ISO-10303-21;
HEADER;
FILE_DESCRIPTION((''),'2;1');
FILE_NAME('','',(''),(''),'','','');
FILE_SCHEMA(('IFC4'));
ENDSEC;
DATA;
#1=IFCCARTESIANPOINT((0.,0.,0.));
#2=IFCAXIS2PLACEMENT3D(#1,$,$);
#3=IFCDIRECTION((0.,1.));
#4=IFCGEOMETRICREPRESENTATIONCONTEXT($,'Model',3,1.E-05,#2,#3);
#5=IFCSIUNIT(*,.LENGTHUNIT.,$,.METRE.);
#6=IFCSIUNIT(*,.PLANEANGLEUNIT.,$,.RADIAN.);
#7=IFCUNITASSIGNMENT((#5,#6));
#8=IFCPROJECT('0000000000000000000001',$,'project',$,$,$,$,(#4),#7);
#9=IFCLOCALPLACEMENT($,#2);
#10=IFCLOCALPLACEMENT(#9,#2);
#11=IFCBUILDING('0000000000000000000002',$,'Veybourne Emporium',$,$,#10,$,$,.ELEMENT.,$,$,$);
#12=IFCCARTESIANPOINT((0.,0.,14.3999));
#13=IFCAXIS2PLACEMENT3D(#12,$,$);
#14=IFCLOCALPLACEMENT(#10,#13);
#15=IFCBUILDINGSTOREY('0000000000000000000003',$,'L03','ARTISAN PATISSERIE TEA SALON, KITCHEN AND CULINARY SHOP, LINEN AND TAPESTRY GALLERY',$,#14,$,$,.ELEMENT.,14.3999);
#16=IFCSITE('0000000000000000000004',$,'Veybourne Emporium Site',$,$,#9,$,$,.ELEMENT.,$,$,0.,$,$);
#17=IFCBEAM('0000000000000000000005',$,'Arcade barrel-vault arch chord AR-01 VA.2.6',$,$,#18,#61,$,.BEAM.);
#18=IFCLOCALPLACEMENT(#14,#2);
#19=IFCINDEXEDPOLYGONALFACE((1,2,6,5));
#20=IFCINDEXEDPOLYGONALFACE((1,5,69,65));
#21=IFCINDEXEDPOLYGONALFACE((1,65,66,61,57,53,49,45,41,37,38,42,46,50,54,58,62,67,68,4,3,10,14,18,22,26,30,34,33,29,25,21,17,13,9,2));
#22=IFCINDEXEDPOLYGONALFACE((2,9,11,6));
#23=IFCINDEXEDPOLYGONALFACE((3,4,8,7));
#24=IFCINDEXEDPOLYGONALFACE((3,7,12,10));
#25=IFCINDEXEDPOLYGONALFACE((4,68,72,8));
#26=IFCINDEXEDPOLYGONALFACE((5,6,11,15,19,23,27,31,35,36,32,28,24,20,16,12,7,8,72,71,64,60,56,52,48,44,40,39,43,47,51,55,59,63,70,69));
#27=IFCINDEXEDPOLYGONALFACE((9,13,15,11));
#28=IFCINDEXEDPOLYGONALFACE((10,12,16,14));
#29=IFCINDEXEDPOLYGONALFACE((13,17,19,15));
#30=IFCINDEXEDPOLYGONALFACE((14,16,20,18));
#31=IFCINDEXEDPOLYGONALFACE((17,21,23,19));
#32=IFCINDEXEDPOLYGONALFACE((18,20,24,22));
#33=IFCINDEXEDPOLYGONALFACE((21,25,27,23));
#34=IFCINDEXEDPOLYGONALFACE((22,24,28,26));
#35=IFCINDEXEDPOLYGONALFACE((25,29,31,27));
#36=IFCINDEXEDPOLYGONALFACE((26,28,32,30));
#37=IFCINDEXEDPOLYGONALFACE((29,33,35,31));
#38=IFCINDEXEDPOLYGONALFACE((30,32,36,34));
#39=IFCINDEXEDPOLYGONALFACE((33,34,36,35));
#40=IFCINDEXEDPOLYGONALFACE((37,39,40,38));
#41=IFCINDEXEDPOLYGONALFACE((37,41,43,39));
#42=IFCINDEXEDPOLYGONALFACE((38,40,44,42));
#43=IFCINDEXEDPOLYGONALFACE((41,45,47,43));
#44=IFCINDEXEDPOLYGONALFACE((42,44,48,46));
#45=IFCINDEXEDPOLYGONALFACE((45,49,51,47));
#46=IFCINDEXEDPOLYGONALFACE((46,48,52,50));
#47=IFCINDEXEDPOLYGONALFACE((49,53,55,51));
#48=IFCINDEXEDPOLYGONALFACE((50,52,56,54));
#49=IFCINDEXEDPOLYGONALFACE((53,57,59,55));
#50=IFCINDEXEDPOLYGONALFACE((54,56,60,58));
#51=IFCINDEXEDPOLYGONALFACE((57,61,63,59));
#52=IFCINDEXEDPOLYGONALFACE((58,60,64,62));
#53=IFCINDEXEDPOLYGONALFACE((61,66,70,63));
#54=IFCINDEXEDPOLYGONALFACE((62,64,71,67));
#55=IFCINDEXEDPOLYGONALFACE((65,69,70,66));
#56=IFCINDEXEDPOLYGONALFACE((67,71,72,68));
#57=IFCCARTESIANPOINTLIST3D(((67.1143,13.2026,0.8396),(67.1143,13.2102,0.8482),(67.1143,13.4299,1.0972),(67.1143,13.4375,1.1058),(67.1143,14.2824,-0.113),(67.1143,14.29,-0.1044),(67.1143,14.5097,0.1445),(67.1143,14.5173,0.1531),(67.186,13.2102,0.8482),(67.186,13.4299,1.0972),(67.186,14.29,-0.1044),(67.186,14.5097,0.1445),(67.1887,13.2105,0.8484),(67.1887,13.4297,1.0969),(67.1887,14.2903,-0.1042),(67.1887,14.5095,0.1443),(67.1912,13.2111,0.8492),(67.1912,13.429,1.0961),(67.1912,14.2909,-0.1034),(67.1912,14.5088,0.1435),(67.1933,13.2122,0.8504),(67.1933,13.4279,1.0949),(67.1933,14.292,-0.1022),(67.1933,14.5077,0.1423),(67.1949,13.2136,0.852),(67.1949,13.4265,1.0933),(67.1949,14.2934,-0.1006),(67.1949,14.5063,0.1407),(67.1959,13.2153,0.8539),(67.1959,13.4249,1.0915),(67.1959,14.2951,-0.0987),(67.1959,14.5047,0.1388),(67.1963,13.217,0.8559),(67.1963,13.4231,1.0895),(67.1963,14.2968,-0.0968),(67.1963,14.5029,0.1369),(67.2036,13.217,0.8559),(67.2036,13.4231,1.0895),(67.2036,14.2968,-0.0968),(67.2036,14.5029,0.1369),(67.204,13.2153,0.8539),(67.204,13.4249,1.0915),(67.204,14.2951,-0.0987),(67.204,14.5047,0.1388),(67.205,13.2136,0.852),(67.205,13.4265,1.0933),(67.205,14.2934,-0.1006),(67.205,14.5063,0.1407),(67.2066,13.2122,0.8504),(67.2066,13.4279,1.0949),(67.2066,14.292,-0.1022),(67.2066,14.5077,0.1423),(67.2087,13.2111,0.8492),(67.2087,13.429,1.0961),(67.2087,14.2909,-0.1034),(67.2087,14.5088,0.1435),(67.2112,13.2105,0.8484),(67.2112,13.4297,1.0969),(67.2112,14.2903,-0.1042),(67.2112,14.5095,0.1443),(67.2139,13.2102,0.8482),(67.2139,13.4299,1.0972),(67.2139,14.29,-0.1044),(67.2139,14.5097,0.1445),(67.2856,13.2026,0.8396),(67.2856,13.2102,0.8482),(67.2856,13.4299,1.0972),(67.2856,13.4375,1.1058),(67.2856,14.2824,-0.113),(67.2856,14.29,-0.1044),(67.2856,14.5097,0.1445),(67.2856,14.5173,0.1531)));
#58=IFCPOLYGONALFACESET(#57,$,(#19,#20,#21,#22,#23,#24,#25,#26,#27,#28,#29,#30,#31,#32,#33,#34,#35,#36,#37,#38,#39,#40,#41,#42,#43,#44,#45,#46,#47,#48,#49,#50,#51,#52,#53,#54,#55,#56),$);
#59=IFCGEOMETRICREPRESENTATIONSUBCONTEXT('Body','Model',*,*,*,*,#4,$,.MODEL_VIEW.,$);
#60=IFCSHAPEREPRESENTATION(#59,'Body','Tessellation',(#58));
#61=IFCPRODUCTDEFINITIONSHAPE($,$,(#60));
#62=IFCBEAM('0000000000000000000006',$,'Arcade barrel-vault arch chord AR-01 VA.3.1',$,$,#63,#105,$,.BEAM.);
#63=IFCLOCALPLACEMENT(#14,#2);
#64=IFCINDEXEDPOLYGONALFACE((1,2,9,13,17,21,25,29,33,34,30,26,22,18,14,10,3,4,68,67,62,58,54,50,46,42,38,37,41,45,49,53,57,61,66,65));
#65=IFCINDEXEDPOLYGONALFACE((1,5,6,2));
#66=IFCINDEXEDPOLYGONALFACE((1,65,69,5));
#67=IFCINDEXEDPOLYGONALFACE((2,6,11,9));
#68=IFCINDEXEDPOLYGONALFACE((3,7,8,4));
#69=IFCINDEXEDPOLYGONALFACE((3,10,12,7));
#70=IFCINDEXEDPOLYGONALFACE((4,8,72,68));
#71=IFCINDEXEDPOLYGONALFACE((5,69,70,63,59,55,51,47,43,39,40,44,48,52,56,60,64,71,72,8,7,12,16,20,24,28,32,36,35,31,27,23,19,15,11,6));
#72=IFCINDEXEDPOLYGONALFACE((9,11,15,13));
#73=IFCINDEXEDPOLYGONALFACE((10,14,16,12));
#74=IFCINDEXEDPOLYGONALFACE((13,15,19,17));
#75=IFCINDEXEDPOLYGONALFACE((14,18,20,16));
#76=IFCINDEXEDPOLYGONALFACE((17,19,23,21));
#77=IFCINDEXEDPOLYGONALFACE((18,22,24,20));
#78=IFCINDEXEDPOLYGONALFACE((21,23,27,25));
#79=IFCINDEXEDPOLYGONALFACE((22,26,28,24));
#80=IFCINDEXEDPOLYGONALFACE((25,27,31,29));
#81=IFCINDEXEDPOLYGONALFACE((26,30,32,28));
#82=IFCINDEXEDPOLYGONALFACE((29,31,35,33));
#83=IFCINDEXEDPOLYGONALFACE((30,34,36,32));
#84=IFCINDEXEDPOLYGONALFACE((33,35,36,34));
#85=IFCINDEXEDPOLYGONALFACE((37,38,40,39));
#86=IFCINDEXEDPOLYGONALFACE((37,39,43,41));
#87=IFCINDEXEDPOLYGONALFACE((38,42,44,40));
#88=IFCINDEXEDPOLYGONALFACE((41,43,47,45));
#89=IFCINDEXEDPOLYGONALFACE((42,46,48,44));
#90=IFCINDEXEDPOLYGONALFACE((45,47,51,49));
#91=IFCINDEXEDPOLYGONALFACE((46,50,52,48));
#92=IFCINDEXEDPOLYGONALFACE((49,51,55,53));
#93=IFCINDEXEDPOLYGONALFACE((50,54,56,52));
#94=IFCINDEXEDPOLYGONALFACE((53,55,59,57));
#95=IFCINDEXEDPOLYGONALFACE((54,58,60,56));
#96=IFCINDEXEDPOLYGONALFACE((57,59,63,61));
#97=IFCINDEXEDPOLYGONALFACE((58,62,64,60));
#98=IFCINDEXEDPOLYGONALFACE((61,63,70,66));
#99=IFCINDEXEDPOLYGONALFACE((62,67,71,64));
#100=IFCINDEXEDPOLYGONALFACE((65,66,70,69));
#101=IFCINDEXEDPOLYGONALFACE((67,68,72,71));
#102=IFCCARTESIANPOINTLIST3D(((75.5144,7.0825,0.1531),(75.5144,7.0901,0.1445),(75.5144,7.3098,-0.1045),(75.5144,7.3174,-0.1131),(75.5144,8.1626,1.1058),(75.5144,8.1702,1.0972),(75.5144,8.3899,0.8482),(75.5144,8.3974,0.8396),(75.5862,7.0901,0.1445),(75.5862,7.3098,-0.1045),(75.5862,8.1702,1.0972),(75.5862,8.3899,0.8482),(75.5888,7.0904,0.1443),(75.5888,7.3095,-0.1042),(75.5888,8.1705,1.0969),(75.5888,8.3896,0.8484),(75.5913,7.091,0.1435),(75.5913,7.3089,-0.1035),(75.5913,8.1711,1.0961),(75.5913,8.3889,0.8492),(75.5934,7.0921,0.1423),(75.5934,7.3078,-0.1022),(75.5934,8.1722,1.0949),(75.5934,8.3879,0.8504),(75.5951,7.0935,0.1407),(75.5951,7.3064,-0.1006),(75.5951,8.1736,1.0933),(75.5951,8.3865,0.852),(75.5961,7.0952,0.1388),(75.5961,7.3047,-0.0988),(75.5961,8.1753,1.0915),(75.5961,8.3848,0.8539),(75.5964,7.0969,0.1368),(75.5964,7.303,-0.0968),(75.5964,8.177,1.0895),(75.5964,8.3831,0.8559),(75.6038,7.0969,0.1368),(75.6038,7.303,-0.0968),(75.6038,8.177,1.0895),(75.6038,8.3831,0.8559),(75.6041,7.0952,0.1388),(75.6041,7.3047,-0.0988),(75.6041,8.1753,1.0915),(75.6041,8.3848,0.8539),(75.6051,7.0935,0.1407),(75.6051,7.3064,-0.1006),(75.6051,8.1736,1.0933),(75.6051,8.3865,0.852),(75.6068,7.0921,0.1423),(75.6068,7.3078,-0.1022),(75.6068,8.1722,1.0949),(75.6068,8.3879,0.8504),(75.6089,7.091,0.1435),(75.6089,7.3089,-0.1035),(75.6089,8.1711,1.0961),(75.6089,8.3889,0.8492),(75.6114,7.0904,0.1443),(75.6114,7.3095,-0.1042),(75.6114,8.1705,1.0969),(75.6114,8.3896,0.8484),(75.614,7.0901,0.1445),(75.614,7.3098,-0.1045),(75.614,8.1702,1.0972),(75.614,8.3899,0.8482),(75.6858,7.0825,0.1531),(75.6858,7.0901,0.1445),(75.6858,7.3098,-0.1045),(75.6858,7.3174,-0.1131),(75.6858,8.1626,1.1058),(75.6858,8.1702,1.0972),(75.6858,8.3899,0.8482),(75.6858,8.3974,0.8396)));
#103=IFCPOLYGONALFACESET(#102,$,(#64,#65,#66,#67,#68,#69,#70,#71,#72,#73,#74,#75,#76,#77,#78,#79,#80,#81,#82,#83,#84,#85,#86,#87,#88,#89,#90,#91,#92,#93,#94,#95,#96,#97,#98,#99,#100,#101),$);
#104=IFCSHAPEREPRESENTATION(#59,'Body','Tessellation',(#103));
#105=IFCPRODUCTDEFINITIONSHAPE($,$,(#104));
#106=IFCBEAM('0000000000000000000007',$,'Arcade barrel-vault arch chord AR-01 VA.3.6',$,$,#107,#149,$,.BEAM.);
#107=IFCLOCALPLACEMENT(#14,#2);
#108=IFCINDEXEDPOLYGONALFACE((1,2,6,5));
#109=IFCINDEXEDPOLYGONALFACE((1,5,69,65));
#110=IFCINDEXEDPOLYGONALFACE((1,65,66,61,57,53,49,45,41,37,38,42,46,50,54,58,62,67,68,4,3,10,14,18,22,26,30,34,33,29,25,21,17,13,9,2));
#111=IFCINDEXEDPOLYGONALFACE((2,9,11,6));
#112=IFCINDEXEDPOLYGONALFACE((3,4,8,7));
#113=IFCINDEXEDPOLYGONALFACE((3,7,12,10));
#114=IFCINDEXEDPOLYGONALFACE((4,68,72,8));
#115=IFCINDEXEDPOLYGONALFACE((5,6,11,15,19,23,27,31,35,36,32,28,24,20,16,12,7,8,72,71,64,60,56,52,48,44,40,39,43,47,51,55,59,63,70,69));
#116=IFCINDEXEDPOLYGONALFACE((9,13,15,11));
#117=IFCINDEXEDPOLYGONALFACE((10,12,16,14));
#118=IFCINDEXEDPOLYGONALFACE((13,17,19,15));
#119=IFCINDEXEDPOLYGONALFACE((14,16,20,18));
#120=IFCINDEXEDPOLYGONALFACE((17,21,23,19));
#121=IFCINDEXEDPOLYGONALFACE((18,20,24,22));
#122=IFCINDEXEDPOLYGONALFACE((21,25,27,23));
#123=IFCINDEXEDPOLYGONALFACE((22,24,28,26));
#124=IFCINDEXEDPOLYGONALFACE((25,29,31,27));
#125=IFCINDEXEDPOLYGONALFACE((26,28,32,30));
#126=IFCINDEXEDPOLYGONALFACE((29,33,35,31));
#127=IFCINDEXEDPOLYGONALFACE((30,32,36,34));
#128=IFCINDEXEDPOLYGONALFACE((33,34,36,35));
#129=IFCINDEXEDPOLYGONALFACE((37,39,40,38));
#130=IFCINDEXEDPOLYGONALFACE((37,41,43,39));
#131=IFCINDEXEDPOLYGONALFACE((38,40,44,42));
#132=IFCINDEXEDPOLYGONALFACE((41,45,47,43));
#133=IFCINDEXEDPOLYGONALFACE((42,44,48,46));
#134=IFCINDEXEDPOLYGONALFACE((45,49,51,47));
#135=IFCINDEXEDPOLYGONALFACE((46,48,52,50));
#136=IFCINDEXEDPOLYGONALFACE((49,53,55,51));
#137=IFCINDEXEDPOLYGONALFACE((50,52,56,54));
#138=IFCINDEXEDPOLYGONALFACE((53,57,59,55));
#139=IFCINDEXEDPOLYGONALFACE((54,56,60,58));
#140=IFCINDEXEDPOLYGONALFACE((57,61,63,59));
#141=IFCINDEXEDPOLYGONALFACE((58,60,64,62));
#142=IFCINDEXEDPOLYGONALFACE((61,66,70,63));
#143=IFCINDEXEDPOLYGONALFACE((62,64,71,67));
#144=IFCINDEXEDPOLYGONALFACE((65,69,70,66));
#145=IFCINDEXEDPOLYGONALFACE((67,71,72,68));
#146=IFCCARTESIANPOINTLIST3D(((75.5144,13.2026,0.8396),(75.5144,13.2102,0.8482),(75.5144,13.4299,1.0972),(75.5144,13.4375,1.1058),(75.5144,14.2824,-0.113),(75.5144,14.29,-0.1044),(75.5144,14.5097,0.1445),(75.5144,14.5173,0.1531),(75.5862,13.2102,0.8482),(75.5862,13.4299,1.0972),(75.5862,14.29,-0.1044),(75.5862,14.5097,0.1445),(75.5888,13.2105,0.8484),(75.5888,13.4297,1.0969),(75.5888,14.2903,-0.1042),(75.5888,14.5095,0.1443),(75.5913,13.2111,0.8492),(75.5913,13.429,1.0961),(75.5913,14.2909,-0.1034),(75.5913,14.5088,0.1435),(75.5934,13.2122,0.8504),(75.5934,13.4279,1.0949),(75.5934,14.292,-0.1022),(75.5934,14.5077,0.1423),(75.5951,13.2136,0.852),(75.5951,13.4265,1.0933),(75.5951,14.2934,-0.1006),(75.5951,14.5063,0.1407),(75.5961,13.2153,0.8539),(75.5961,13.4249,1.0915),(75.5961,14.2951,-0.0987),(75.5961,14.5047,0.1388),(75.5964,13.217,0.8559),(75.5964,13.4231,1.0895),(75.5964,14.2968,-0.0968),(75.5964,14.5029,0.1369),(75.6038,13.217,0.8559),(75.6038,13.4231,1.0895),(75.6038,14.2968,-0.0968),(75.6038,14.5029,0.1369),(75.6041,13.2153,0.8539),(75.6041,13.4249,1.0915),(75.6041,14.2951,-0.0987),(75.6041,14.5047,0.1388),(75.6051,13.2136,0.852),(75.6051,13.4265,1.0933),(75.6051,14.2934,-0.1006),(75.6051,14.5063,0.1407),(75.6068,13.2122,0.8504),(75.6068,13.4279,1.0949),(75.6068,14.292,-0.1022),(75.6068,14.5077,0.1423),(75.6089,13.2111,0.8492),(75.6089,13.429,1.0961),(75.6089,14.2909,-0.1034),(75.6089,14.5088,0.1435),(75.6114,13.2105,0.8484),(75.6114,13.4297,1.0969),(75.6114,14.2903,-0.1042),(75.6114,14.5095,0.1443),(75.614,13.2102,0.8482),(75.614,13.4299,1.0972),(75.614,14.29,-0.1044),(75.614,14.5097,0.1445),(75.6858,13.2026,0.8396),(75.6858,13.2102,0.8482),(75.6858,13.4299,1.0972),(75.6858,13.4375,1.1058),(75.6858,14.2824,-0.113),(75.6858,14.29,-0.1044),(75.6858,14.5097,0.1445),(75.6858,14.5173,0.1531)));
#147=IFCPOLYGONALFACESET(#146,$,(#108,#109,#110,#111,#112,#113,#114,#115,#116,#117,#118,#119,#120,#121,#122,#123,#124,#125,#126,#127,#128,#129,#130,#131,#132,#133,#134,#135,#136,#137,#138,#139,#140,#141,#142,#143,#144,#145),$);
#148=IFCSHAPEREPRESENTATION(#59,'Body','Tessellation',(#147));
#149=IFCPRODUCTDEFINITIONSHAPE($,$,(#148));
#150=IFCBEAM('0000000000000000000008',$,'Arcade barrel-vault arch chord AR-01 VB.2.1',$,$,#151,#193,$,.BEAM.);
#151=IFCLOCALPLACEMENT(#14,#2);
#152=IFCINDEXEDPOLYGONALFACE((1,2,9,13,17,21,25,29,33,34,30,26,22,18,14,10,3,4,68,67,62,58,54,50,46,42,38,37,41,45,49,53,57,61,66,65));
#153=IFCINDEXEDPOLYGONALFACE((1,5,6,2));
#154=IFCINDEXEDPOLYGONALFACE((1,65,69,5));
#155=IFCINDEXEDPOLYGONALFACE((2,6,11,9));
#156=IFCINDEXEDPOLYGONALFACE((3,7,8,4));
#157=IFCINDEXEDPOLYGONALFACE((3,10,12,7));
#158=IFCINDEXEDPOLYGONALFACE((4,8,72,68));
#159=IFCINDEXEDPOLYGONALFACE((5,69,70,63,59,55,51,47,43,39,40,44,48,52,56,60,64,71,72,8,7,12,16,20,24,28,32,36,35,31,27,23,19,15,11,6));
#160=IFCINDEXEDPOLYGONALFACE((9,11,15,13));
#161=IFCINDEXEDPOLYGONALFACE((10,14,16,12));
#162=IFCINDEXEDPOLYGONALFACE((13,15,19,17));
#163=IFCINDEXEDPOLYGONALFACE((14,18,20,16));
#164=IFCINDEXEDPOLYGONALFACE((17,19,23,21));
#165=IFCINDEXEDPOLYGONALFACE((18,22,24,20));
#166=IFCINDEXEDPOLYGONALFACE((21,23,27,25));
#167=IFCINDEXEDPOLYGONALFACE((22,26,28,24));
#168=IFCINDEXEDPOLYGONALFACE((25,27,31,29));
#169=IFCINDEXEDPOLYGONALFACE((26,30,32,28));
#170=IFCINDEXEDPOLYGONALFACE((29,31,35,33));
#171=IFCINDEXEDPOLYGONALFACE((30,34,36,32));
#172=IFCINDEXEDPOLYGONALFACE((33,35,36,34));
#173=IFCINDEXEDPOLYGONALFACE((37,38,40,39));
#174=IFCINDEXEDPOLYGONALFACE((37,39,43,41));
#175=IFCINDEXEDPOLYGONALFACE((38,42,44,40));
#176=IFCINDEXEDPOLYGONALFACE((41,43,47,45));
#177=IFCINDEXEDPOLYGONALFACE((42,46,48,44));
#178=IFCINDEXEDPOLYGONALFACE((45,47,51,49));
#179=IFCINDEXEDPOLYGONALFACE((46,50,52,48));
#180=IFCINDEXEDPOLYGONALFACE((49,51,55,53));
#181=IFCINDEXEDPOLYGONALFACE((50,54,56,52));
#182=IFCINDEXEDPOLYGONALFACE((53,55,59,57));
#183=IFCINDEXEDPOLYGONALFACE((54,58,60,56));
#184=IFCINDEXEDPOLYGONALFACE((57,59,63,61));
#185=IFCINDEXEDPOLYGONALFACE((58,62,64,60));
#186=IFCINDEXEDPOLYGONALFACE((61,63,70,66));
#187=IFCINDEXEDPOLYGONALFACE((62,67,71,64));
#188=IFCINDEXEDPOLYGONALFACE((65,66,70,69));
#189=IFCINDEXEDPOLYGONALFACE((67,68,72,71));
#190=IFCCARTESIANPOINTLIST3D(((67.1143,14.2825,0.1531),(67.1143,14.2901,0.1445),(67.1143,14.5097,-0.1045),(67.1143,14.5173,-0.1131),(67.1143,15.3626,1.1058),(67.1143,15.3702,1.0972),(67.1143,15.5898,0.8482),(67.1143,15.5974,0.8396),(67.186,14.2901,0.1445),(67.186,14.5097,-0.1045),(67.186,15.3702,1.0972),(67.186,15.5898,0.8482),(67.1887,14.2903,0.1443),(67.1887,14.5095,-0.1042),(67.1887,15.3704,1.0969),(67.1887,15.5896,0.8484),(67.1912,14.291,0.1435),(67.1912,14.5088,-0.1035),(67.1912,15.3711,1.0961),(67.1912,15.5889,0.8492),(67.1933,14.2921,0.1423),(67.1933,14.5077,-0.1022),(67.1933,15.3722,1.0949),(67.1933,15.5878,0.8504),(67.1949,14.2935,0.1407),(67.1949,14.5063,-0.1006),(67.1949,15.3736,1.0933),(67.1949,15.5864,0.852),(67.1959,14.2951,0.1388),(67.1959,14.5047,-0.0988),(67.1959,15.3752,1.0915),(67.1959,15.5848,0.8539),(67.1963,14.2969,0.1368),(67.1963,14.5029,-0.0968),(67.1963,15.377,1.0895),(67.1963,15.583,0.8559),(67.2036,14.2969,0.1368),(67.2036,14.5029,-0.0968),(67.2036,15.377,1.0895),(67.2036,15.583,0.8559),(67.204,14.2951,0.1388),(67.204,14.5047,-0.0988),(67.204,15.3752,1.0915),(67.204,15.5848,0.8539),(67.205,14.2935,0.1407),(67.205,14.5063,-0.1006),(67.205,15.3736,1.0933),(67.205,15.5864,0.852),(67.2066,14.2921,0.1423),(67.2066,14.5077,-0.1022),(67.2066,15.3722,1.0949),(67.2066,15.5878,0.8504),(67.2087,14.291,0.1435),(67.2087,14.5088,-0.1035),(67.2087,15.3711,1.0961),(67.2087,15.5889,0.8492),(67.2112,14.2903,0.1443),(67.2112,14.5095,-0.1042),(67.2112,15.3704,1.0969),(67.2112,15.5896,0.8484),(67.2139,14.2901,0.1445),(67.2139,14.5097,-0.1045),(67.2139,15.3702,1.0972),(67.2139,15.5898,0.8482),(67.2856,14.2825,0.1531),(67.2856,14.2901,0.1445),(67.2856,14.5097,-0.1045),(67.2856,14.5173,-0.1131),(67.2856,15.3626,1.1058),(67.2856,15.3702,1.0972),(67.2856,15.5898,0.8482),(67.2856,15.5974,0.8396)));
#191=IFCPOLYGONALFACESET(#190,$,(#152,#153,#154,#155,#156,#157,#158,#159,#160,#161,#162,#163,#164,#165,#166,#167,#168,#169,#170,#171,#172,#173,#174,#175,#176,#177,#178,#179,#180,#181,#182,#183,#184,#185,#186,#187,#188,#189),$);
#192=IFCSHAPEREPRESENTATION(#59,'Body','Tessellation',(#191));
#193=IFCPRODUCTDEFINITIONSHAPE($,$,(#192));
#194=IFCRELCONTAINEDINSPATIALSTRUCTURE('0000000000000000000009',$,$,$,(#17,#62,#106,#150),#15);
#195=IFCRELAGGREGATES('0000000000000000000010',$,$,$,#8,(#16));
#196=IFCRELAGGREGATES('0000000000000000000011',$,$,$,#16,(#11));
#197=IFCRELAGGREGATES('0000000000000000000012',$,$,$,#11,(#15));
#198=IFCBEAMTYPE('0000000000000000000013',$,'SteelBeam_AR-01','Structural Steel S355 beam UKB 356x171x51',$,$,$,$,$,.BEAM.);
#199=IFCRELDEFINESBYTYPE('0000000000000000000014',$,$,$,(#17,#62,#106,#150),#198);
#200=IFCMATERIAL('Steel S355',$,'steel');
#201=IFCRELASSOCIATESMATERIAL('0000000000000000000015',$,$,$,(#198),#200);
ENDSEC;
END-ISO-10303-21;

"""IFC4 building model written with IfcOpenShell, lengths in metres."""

from ifc_helpers import new_model, si_unit, direction, frame, origin, origin_2d, place, context, subcontext, project, spatial, i_section, extrude, material, material_profile, profile_set, type_object, element, save


model = new_model("IFC4")

# Units and contexts
model_context = context("Model", 3, precision=1e-05, world=origin(), true_north=direction((0.0, 1.0)))
body_context = subcontext(model_context, "Body", "Model", "MODEL_VIEW")
ifc_project = project(units=[si_unit("LENGTHUNIT", "METRE"), si_unit("PLANEANGLEUNIT", "RADIAN")], contexts=[model_context])

# Site, building, storey
site_placement = place(None, origin())
site = spatial("IfcSite", under=ifc_project, at=site_placement, Name="Veybourne Emporium Site", CompositionType="ELEMENT", RefElevation=0.0)
building_placement = place(site_placement, origin())
building = spatial("IfcBuilding", under=site, at=building_placement, Name="Veybourne Emporium", CompositionType="ELEMENT")
storey_placement = place(building_placement, frame((0.0, 0.0, 14.3999)))
storey = spatial("IfcBuildingStorey", under=building, at=storey_placement, Name="L03", Description="ARTISAN PATISSERIE TEA SALON, KITCHEN AND CULINARY SHOP, LINEN AND TAPESTRY GALLERY", CompositionType="ELEMENT", Elevation=14.3999)

# Beams
ifc_material_1 = material(Name="Steel S355", Category="steel")
ifc_material_profile_1 = material_profile(ifc_material_1, i_section(OverallWidth=0.1714, OverallDepth=0.355, WebThickness=0.0073, FlangeThickness=0.0115, FilletRadius=0.0103, at=origin_2d()), Name="UKB 356x171x51")
ifc_profile_set_1 = profile_set([ifc_material_profile_1], Name="Steel S355")
beam_type_1 = type_object("IfcBeamType", Name="SteelBeam_AR-01", Description="Structural Steel S355 beam UKB 356x171x51", PredefinedType="BEAM", material=ifc_profile_set_1)
beam_1_placement = place(storey_placement, frame((67.2, 13.3201, 0.9727), z_axis=(0.0, 0.749892, -0.66156), x_axis=(-1.0, 0.0, 0.0)))
element("IfcBeam", 1, at=beam_1_placement, inside=storey, type_object=beam_type_1, Name="Arcade barrel-vault arch chord AR-01 VA.2.6", PredefinedType="BEAM", context=body_context, shape_type="SweptSolid", body=[
    extrude(i_section(OverallWidth=0.1714, OverallDepth=0.355, WebThickness=0.0073, FlangeThickness=0.0115, FilletRadius=0.0103, at=origin_2d()), origin(), (0.0, 0.0, 1.0), 1.4399),
])
beam_2_placement = place(storey_placement, frame((75.6001, 7.2, 0.02), z_axis=(0.0, 0.749966, 0.661476), x_axis=(-1.0, 0.0, 0.0)))
element("IfcBeam", 2, at=beam_2_placement, inside=storey, type_object=beam_type_1, Name="Arcade barrel-vault arch chord AR-01 VA.3.1", PredefinedType="BEAM", context=body_context, shape_type="SweptSolid", body=[
    extrude(i_section(OverallWidth=0.1714, OverallDepth=0.355, WebThickness=0.0073, FlangeThickness=0.0115, FilletRadius=0.0103, at=origin_2d()), origin(), (0.0, 0.0, 1.0), 1.4402),
])
beam_3_placement = place(storey_placement, frame((75.6001, 13.3201, 0.9727), z_axis=(0.0, 0.749892, -0.66156), x_axis=(-1.0, 0.0, 0.0)))
element("IfcBeam", 3, at=beam_3_placement, inside=storey, type_object=beam_type_1, Name="Arcade barrel-vault arch chord AR-01 VA.3.6", PredefinedType="BEAM", context=body_context, shape_type="SweptSolid", body=[
    extrude(i_section(OverallWidth=0.1714, OverallDepth=0.355, WebThickness=0.0073, FlangeThickness=0.0115, FilletRadius=0.0103, at=origin_2d()), origin(), (0.0, 0.0, 1.0), 1.4399),
])
for number, where, z_axis, x_axis, name in (
    (4, (67.2, 14.3999, 0.02), (0.0, 0.749966, 0.661476), (-1.0, 0.0, 0.0), "Arcade barrel-vault arch chord AR-01 VB.2.1"),
):
    element("IfcBeam", number, at=place(storey_placement, frame(where, z_axis=z_axis, x_axis=x_axis)), inside=storey, type_object=beam_type_1, Name=name, PredefinedType="BEAM", context=body_context, shape_type="SweptSolid", body=[
        extrude(i_section(OverallWidth=0.1714, OverallDepth=0.355, WebThickness=0.0073, FlangeThickness=0.0115, FilletRadius=0.0103, at=origin_2d()), origin(), (0.0, 0.0, 1.0), 1.4402),
    ])

save(model, "model.ifc")
